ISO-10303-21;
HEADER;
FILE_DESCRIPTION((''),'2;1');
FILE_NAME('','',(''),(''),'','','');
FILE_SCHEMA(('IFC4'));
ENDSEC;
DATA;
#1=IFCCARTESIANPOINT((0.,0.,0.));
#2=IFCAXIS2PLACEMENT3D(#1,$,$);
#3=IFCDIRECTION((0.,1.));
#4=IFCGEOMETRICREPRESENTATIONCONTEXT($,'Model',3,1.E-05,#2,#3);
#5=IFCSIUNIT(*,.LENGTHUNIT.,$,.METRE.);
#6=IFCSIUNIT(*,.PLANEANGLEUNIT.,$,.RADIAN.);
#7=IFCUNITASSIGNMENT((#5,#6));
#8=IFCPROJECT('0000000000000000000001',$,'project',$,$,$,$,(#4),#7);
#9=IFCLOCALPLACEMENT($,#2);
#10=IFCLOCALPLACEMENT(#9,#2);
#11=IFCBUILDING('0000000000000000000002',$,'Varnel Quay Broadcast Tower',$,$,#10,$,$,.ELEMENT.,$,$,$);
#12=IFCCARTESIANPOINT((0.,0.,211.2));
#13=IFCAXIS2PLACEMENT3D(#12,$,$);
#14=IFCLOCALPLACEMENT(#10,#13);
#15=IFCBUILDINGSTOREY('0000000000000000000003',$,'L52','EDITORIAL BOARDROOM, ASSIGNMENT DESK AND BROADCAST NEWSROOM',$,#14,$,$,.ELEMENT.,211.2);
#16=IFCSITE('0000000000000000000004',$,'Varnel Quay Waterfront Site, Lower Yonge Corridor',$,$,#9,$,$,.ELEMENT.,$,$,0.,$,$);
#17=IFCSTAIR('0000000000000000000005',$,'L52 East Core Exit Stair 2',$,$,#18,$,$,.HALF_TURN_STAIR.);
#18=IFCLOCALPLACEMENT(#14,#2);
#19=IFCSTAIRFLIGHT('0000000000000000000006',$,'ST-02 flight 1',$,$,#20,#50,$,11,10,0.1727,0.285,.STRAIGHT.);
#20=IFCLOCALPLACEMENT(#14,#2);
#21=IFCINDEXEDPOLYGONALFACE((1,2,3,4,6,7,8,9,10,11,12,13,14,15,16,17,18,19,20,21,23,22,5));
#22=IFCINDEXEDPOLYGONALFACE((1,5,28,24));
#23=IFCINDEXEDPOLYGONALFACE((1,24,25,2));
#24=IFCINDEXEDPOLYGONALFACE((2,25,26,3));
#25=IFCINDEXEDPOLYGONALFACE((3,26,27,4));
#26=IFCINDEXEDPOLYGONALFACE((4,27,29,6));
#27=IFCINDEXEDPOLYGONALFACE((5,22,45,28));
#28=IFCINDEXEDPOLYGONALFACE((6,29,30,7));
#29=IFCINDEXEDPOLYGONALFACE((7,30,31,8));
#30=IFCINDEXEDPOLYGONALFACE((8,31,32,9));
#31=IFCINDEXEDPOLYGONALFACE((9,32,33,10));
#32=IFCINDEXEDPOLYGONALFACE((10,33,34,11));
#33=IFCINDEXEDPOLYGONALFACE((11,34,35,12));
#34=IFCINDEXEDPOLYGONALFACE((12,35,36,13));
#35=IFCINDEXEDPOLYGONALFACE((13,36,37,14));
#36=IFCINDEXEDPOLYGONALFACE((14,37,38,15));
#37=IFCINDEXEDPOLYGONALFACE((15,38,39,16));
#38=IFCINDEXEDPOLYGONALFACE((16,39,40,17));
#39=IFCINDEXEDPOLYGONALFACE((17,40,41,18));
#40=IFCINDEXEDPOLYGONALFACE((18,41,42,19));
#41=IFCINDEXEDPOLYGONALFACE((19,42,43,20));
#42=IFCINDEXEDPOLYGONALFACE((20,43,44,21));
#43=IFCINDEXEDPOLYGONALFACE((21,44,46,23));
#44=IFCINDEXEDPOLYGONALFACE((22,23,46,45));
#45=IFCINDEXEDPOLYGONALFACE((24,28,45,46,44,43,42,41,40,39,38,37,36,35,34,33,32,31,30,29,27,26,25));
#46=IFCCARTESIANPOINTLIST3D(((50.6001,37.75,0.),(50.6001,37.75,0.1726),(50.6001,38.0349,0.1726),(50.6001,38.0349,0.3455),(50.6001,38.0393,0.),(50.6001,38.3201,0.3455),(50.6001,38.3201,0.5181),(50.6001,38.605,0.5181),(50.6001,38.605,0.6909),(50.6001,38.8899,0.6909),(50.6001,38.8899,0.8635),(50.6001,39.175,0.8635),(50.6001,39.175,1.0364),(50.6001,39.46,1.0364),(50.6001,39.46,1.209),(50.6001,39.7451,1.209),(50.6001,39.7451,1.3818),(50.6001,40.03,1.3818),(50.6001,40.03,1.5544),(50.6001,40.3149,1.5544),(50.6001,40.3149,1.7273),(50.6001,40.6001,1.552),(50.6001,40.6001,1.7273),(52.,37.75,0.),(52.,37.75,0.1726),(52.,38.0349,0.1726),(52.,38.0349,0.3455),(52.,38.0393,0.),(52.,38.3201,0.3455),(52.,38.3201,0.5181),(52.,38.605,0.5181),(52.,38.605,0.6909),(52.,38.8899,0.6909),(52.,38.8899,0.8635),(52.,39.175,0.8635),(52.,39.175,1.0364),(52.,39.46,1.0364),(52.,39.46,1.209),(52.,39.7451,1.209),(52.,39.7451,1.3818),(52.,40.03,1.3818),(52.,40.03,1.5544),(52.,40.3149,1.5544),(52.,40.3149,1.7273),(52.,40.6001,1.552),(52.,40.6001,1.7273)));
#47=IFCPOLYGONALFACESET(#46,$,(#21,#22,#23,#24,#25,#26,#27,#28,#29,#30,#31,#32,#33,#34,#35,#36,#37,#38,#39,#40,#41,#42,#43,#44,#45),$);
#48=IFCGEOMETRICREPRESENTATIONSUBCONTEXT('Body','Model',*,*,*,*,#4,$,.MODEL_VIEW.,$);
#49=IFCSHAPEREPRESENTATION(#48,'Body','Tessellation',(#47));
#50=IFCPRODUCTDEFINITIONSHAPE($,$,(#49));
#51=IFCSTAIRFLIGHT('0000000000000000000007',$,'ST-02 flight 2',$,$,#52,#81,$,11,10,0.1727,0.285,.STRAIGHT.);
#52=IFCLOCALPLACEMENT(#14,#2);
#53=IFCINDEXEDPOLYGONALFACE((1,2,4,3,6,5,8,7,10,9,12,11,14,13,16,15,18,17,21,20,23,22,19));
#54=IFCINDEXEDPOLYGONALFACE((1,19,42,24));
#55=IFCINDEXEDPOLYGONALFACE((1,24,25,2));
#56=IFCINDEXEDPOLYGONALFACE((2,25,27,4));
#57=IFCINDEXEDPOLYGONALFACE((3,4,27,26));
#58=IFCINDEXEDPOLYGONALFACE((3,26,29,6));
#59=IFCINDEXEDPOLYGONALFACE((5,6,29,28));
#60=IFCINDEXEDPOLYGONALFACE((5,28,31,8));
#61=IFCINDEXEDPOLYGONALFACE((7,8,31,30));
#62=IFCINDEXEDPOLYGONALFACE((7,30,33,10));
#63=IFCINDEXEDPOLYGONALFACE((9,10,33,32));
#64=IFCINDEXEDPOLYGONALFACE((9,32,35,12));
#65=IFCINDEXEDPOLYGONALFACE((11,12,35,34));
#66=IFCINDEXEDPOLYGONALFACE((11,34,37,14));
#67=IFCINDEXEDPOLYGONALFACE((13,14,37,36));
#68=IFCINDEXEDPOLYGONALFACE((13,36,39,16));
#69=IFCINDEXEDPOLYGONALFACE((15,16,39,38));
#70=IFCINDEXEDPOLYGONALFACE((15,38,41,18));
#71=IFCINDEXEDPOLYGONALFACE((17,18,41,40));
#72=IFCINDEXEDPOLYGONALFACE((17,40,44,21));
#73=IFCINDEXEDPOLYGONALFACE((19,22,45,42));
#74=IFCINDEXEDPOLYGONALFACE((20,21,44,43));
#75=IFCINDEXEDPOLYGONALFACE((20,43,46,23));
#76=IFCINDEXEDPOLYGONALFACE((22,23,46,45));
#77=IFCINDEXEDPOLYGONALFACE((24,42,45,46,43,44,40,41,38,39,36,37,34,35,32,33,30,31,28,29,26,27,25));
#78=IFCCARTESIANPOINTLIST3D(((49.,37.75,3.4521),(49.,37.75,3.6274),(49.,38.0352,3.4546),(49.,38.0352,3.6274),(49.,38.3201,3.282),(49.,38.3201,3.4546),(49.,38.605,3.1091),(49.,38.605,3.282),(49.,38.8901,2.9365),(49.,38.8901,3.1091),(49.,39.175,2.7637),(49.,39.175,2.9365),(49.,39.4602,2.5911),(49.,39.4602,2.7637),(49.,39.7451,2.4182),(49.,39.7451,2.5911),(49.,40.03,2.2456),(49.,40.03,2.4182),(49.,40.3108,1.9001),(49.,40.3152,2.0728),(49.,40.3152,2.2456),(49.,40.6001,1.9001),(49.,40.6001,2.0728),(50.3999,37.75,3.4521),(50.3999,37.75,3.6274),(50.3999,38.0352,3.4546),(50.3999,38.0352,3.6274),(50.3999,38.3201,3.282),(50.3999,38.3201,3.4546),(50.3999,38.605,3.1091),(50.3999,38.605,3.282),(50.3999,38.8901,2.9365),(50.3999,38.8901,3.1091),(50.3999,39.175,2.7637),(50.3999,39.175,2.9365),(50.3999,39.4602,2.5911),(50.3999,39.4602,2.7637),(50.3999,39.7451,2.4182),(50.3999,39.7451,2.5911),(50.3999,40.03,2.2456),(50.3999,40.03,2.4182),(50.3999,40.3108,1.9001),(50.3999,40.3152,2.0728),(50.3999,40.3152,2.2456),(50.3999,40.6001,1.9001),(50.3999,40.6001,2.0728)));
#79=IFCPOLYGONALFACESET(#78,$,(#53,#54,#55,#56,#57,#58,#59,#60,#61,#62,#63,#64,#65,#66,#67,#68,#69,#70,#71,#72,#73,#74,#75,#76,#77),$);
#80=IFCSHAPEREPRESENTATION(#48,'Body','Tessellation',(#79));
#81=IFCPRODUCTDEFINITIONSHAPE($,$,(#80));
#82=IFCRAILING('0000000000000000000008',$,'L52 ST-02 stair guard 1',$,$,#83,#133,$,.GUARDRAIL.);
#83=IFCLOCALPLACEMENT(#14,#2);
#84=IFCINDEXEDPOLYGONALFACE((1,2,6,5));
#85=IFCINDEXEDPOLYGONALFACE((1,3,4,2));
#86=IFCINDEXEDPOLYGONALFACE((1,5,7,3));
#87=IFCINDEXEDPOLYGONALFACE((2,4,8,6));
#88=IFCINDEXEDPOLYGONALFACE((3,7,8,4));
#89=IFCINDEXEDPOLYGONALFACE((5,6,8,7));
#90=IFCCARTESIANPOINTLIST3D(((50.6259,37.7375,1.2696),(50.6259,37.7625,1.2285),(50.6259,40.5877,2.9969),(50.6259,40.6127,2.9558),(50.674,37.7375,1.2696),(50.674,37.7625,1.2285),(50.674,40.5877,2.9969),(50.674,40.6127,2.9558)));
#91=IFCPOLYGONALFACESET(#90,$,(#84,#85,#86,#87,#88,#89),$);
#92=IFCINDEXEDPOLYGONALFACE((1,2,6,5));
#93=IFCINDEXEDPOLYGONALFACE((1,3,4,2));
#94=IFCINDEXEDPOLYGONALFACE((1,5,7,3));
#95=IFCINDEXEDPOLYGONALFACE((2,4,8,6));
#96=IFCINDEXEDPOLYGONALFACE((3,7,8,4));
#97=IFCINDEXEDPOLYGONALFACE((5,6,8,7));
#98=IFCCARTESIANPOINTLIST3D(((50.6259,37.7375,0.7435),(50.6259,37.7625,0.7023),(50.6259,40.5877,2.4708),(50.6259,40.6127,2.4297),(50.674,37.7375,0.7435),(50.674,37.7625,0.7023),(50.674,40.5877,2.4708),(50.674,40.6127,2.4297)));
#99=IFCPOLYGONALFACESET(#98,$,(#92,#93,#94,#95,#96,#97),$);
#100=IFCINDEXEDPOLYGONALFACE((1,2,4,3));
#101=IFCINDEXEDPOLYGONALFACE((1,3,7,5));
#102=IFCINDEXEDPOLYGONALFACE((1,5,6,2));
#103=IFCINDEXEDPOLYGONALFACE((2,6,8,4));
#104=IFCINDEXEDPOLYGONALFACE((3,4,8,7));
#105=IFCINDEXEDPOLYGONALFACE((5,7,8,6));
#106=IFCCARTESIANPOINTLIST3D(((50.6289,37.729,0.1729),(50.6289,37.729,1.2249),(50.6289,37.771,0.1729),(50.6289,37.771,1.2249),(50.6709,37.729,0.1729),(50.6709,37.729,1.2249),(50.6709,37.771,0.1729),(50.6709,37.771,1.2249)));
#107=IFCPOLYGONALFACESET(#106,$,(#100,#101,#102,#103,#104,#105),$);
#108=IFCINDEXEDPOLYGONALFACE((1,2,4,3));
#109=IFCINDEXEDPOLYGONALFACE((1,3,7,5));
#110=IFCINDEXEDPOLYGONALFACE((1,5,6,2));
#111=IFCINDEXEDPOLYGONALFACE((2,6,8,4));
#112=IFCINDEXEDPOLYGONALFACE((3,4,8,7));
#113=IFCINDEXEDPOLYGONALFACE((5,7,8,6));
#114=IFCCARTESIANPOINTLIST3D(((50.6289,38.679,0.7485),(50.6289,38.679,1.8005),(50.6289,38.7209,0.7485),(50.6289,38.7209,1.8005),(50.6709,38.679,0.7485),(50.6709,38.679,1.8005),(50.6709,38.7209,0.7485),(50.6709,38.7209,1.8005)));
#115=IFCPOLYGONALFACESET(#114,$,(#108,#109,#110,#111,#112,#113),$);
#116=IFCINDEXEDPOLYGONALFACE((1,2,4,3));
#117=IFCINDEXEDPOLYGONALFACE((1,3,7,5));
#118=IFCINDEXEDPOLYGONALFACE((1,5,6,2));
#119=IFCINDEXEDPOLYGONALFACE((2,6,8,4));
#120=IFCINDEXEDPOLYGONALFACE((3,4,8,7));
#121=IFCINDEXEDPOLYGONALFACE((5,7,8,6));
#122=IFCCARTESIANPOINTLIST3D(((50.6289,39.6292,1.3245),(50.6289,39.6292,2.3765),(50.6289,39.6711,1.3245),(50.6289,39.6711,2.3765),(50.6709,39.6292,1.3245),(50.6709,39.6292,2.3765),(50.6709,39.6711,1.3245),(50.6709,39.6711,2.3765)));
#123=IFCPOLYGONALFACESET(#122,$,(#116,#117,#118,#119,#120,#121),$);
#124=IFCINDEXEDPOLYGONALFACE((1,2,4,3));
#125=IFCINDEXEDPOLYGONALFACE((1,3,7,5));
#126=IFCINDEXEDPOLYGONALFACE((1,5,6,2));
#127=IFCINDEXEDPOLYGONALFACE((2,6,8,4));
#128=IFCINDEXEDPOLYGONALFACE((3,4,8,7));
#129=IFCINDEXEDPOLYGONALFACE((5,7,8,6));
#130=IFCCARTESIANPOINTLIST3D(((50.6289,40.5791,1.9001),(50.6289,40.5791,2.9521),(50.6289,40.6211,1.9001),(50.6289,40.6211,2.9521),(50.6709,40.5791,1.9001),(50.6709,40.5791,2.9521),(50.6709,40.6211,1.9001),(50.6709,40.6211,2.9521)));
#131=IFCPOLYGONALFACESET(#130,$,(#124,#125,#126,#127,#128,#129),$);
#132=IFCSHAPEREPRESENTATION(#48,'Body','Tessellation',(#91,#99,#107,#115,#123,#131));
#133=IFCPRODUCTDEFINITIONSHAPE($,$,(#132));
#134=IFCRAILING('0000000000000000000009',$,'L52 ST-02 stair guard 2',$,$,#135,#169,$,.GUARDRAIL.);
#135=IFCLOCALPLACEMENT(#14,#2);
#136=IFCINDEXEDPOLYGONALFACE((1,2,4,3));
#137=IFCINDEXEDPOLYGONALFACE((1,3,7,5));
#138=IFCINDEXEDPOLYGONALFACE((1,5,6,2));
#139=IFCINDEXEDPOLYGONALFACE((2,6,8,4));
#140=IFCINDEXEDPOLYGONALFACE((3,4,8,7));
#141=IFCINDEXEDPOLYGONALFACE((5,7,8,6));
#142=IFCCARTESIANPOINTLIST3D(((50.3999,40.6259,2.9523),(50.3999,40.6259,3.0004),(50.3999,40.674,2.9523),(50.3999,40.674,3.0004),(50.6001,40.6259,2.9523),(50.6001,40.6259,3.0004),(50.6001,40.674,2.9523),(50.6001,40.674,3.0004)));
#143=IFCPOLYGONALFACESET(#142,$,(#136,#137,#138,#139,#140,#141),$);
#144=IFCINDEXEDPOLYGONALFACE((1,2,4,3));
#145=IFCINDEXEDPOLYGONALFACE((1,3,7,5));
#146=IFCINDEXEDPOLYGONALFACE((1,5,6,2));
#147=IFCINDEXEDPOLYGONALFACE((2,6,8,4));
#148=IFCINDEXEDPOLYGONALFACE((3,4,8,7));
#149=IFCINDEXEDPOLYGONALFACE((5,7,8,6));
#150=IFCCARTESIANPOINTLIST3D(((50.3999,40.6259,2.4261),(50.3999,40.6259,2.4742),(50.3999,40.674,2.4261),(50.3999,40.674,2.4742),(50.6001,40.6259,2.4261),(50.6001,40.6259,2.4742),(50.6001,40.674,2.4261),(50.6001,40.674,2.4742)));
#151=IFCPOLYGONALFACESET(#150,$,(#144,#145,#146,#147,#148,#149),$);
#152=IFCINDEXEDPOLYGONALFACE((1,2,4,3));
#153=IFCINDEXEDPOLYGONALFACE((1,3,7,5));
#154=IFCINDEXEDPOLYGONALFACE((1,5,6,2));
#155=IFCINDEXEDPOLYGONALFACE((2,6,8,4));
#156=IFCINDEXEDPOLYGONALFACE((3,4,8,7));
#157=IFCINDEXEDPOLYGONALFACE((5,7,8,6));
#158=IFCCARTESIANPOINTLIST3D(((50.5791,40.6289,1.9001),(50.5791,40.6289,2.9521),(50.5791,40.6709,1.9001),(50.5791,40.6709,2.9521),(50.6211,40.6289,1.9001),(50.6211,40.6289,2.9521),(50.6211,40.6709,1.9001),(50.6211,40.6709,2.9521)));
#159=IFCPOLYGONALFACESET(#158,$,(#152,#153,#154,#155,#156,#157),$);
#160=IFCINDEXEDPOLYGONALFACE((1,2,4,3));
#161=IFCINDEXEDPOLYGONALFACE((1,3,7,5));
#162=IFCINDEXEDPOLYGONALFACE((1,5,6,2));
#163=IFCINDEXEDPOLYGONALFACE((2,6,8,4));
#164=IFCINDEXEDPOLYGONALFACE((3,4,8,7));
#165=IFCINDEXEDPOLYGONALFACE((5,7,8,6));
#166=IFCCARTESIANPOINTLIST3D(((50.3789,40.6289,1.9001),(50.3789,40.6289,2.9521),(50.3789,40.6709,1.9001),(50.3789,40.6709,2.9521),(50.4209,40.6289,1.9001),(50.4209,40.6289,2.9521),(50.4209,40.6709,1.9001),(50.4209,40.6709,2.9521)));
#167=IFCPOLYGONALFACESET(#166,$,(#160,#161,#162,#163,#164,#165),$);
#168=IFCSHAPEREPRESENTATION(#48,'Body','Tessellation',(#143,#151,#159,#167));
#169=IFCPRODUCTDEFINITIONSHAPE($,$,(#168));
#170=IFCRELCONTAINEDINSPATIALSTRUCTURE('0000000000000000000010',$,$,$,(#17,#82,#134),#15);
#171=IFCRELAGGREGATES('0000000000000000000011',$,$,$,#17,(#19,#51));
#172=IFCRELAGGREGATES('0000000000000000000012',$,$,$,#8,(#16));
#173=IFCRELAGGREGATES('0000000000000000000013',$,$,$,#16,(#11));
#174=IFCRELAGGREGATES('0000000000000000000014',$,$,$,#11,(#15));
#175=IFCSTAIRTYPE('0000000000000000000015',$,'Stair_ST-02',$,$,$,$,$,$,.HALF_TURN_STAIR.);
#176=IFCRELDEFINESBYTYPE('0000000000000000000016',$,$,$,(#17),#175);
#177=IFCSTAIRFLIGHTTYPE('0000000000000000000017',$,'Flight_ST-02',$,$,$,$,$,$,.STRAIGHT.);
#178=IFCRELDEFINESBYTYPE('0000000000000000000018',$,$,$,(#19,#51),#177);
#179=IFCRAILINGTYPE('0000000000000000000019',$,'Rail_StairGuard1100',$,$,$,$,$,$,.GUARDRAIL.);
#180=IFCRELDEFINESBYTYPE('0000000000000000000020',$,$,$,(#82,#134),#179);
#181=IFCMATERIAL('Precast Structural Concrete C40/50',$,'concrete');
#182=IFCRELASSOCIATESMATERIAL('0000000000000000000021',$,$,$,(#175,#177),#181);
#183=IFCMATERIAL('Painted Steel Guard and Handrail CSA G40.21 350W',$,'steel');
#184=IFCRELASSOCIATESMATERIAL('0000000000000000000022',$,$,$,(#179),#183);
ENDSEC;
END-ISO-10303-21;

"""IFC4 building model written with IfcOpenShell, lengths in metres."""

from ifc_helpers import new_model, si_unit, direction, frame, origin, origin_2d, place, context, subcontext, project, spatial, polyline, rectangle, outline, extrude, material, type_object, element, aggregate, save


model = new_model("IFC4")

# Units and contexts
model_context = context("Model", 3, precision=1e-05, world=origin(), true_north=direction((0.0, 1.0)))
body_context = subcontext(model_context, "Body", "Model", "MODEL_VIEW")
ifc_project = project(units=[si_unit("LENGTHUNIT", "METRE"), si_unit("PLANEANGLEUNIT", "RADIAN")], contexts=[model_context])

# Site, building, storey
site_placement = place(None, origin())
site = spatial("IfcSite", under=ifc_project, at=site_placement, Name="Varnel Quay Waterfront Site, Lower Yonge Corridor", CompositionType="ELEMENT", RefElevation=0.0)
building_placement = place(site_placement, origin())
building = spatial("IfcBuilding", under=site, at=building_placement, Name="Varnel Quay Broadcast Tower", CompositionType="ELEMENT")
storey_placement = place(building_placement, frame((0.0, 0.0, 211.2)))
storey = spatial("IfcBuildingStorey", under=building, at=storey_placement, Name="L52", Description="EDITORIAL BOARDROOM, ASSIGNMENT DESK AND BROADCAST NEWSROOM", CompositionType="ELEMENT", Elevation=211.2)

# Stair, stair flights
ifc_material_1 = material(Name="Precast Structural Concrete C40/50", Category="concrete")
stair_type = type_object("IfcStairType", Name="Stair_ST-02", PredefinedType="HALF_TURN_STAIR", material=ifc_material_1)
stair_placement = place(storey_placement, origin())
stair = element("IfcStair", 1, at=stair_placement, inside=storey, type_object=stair_type, Name="L52 East Core Exit Stair 2", PredefinedType="HALF_TURN_STAIR")
stair_flight_type = type_object("IfcStairFlightType", Name="Flight_ST-02", PredefinedType="STRAIGHT", material=ifc_material_1)
stair_flight_1_placement = place(storey_placement, frame((51.3, 37.75, 0.0), z_axis=(0.0, 0.0, 1.0), x_axis=(0.0, 1.0, 0.0)))
stair_flight_1 = element("IfcStairFlight", 2, at=stair_flight_1_placement, type_object=stair_flight_type, Name="ST-02 flight 1", NumberOfRisers=11, NumberOfTreads=10, PredefinedType="STRAIGHT", RiserHeight=0.1727, TreadLength=0.285, context=body_context, shape_type="SweptSolid", body=[
    extrude(outline(polyline([(0.0, 0.0), (0.0, 0.1726), (0.2849, 0.1726), (0.2849, 0.3455), (0.5701, 0.3455), (0.5701, 0.5181), (0.855, 0.5181), (0.855, 0.6909), (1.1399, 0.6909), (1.1399, 0.8635), (1.425, 0.8635), (1.425, 1.0364), (1.71, 1.0364), (1.71, 1.209), (1.9951, 1.209), (1.9951, 1.3818), (2.28, 1.3818), (2.28, 1.5544), (2.5649, 1.5544), (2.5649, 1.7273), (2.8501, 1.7273), (2.8501, 1.8999), (2.8501, 1.552), (0.2893, 0.0), (0.0, 0.0)])), frame((0.0, 0.7, 0.0), z_axis=(0.0, -1.0, 0.0), x_axis=(1.0, 0.0, 0.0)), (0.0, 0.0, 1.0), 1.3999),
])
stair_flight_2_placement = place(storey_placement, frame((49.7, 40.6001, 1.9001), z_axis=(0.0, 0.0, 1.0), x_axis=(0.0, -1.0, 0.0)))
stair_flight_2 = element("IfcStairFlight", 3, at=stair_flight_2_placement, type_object=stair_flight_type, Name="ST-02 flight 2", NumberOfRisers=11, NumberOfTreads=10, PredefinedType="STRAIGHT", RiserHeight=0.1727, TreadLength=0.285, context=body_context, shape_type="SweptSolid", body=[
    extrude(outline(polyline([(0.0, 0.0), (0.0, 0.1726), (0.2849, 0.1726), (0.2849, 0.3455), (0.5701, 0.3455), (0.5701, 0.5181), (0.855, 0.5181), (0.855, 0.6909), (1.1399, 0.6909), (1.1399, 0.8635), (1.425, 0.8635), (1.425, 1.0364), (1.71, 1.0364), (1.71, 1.209), (1.9951, 1.209), (1.9951, 1.3818), (2.28, 1.3818), (2.28, 1.5544), (2.5649, 1.5544), (2.5649, 1.7273), (2.8501, 1.7273), (2.8501, 1.8999), (2.8501, 1.552), (0.2893, 0.0), (0.0, 0.0)])), frame((0.0, 0.7, 0.0), z_axis=(0.0, -1.0, 0.0), x_axis=(1.0, 0.0, 0.0)), (0.0, 0.0, 1.0), 1.3999),
])
aggregate(stair, [stair_flight_1, stair_flight_2])

# Railings
ifc_material_2 = material(Name="Painted Steel Guard and Handrail CSA G40.21 350W", Category="steel")
railing_type_1 = type_object("IfcRailingType", Name="Rail_StairGuard1100", PredefinedType="GUARDRAIL", material=ifc_material_2)
railing_1_placement = place(storey_placement, frame((50.6499, 37.75, 0.1729)))
element("IfcRailing", 4, at=railing_1_placement, inside=storey, type_object=railing_type_1, Name="L52 ST-02 stair guard 1", PredefinedType="GUARDRAIL", context=body_context, shape_type="SweptSolid", body=[
    extrude(rectangle(XDim=0.0481, YDim=0.0481, at=origin_2d()), frame((0.0, 0.0, 1.0762), z_axis=(0.0, 0.855203, 0.518294), x_axis=(-1.0, 0.0, 0.0)), (0.0, 0.0, 1.0), 3.3328),
    extrude(rectangle(XDim=0.0481, YDim=0.0481, at=origin_2d()), frame((0.0, 0.0, 0.55), z_axis=(0.0, 0.855203, 0.518294), x_axis=(-1.0, 0.0, 0.0)), (0.0, 0.0, 1.0), 3.3328),
    extrude(rectangle(XDim=0.042, YDim=0.042, at=origin_2d()), origin(), (0.0, 0.0, 1.0), 1.052),
    extrude(rectangle(XDim=0.042, YDim=0.042, at=origin_2d()), frame((0.0, 0.95, 0.5757)), (0.0, 0.0, 1.0), 1.052),
    extrude(rectangle(XDim=0.042, YDim=0.042, at=origin_2d()), frame((0.0, 1.9001, 1.1516)), (0.0, 0.0, 1.0), 1.052),
    extrude(rectangle(XDim=0.042, YDim=0.042, at=origin_2d()), frame((0.0, 2.8501, 1.7273)), (0.0, 0.0, 1.0), 1.052),
])
railing_2_placement = place(storey_placement, frame((50.6001, 40.6499, 1.9001)))
element("IfcRailing", 5, at=railing_2_placement, inside=storey, type_object=railing_type_1, Name="L52 ST-02 stair guard 2", PredefinedType="GUARDRAIL", context=body_context, shape_type="SweptSolid", body=[
    extrude(rectangle(XDim=0.0481, YDim=0.0481, at=origin_2d()), frame((0.0, 0.0, 1.0762), z_axis=(-1.0, 0.0, 0.0), x_axis=(0.0, -1.0, 0.0)), (0.0, 0.0, 1.0), 0.2002),
    extrude(rectangle(XDim=0.0481, YDim=0.0481, at=origin_2d()), frame((0.0, 0.0, 0.55), z_axis=(-1.0, 0.0, 0.0), x_axis=(0.0, -1.0, 0.0)), (0.0, 0.0, 1.0), 0.2002),
    extrude(rectangle(XDim=0.042, YDim=0.042, at=origin_2d()), origin(), (0.0, 0.0, 1.0), 1.052),
    extrude(rectangle(XDim=0.042, YDim=0.042, at=origin_2d()), frame((-0.2002, 0.0, 0.0)), (0.0, 0.0, 1.0), 1.052),
])

save(model, "model.ifc")
